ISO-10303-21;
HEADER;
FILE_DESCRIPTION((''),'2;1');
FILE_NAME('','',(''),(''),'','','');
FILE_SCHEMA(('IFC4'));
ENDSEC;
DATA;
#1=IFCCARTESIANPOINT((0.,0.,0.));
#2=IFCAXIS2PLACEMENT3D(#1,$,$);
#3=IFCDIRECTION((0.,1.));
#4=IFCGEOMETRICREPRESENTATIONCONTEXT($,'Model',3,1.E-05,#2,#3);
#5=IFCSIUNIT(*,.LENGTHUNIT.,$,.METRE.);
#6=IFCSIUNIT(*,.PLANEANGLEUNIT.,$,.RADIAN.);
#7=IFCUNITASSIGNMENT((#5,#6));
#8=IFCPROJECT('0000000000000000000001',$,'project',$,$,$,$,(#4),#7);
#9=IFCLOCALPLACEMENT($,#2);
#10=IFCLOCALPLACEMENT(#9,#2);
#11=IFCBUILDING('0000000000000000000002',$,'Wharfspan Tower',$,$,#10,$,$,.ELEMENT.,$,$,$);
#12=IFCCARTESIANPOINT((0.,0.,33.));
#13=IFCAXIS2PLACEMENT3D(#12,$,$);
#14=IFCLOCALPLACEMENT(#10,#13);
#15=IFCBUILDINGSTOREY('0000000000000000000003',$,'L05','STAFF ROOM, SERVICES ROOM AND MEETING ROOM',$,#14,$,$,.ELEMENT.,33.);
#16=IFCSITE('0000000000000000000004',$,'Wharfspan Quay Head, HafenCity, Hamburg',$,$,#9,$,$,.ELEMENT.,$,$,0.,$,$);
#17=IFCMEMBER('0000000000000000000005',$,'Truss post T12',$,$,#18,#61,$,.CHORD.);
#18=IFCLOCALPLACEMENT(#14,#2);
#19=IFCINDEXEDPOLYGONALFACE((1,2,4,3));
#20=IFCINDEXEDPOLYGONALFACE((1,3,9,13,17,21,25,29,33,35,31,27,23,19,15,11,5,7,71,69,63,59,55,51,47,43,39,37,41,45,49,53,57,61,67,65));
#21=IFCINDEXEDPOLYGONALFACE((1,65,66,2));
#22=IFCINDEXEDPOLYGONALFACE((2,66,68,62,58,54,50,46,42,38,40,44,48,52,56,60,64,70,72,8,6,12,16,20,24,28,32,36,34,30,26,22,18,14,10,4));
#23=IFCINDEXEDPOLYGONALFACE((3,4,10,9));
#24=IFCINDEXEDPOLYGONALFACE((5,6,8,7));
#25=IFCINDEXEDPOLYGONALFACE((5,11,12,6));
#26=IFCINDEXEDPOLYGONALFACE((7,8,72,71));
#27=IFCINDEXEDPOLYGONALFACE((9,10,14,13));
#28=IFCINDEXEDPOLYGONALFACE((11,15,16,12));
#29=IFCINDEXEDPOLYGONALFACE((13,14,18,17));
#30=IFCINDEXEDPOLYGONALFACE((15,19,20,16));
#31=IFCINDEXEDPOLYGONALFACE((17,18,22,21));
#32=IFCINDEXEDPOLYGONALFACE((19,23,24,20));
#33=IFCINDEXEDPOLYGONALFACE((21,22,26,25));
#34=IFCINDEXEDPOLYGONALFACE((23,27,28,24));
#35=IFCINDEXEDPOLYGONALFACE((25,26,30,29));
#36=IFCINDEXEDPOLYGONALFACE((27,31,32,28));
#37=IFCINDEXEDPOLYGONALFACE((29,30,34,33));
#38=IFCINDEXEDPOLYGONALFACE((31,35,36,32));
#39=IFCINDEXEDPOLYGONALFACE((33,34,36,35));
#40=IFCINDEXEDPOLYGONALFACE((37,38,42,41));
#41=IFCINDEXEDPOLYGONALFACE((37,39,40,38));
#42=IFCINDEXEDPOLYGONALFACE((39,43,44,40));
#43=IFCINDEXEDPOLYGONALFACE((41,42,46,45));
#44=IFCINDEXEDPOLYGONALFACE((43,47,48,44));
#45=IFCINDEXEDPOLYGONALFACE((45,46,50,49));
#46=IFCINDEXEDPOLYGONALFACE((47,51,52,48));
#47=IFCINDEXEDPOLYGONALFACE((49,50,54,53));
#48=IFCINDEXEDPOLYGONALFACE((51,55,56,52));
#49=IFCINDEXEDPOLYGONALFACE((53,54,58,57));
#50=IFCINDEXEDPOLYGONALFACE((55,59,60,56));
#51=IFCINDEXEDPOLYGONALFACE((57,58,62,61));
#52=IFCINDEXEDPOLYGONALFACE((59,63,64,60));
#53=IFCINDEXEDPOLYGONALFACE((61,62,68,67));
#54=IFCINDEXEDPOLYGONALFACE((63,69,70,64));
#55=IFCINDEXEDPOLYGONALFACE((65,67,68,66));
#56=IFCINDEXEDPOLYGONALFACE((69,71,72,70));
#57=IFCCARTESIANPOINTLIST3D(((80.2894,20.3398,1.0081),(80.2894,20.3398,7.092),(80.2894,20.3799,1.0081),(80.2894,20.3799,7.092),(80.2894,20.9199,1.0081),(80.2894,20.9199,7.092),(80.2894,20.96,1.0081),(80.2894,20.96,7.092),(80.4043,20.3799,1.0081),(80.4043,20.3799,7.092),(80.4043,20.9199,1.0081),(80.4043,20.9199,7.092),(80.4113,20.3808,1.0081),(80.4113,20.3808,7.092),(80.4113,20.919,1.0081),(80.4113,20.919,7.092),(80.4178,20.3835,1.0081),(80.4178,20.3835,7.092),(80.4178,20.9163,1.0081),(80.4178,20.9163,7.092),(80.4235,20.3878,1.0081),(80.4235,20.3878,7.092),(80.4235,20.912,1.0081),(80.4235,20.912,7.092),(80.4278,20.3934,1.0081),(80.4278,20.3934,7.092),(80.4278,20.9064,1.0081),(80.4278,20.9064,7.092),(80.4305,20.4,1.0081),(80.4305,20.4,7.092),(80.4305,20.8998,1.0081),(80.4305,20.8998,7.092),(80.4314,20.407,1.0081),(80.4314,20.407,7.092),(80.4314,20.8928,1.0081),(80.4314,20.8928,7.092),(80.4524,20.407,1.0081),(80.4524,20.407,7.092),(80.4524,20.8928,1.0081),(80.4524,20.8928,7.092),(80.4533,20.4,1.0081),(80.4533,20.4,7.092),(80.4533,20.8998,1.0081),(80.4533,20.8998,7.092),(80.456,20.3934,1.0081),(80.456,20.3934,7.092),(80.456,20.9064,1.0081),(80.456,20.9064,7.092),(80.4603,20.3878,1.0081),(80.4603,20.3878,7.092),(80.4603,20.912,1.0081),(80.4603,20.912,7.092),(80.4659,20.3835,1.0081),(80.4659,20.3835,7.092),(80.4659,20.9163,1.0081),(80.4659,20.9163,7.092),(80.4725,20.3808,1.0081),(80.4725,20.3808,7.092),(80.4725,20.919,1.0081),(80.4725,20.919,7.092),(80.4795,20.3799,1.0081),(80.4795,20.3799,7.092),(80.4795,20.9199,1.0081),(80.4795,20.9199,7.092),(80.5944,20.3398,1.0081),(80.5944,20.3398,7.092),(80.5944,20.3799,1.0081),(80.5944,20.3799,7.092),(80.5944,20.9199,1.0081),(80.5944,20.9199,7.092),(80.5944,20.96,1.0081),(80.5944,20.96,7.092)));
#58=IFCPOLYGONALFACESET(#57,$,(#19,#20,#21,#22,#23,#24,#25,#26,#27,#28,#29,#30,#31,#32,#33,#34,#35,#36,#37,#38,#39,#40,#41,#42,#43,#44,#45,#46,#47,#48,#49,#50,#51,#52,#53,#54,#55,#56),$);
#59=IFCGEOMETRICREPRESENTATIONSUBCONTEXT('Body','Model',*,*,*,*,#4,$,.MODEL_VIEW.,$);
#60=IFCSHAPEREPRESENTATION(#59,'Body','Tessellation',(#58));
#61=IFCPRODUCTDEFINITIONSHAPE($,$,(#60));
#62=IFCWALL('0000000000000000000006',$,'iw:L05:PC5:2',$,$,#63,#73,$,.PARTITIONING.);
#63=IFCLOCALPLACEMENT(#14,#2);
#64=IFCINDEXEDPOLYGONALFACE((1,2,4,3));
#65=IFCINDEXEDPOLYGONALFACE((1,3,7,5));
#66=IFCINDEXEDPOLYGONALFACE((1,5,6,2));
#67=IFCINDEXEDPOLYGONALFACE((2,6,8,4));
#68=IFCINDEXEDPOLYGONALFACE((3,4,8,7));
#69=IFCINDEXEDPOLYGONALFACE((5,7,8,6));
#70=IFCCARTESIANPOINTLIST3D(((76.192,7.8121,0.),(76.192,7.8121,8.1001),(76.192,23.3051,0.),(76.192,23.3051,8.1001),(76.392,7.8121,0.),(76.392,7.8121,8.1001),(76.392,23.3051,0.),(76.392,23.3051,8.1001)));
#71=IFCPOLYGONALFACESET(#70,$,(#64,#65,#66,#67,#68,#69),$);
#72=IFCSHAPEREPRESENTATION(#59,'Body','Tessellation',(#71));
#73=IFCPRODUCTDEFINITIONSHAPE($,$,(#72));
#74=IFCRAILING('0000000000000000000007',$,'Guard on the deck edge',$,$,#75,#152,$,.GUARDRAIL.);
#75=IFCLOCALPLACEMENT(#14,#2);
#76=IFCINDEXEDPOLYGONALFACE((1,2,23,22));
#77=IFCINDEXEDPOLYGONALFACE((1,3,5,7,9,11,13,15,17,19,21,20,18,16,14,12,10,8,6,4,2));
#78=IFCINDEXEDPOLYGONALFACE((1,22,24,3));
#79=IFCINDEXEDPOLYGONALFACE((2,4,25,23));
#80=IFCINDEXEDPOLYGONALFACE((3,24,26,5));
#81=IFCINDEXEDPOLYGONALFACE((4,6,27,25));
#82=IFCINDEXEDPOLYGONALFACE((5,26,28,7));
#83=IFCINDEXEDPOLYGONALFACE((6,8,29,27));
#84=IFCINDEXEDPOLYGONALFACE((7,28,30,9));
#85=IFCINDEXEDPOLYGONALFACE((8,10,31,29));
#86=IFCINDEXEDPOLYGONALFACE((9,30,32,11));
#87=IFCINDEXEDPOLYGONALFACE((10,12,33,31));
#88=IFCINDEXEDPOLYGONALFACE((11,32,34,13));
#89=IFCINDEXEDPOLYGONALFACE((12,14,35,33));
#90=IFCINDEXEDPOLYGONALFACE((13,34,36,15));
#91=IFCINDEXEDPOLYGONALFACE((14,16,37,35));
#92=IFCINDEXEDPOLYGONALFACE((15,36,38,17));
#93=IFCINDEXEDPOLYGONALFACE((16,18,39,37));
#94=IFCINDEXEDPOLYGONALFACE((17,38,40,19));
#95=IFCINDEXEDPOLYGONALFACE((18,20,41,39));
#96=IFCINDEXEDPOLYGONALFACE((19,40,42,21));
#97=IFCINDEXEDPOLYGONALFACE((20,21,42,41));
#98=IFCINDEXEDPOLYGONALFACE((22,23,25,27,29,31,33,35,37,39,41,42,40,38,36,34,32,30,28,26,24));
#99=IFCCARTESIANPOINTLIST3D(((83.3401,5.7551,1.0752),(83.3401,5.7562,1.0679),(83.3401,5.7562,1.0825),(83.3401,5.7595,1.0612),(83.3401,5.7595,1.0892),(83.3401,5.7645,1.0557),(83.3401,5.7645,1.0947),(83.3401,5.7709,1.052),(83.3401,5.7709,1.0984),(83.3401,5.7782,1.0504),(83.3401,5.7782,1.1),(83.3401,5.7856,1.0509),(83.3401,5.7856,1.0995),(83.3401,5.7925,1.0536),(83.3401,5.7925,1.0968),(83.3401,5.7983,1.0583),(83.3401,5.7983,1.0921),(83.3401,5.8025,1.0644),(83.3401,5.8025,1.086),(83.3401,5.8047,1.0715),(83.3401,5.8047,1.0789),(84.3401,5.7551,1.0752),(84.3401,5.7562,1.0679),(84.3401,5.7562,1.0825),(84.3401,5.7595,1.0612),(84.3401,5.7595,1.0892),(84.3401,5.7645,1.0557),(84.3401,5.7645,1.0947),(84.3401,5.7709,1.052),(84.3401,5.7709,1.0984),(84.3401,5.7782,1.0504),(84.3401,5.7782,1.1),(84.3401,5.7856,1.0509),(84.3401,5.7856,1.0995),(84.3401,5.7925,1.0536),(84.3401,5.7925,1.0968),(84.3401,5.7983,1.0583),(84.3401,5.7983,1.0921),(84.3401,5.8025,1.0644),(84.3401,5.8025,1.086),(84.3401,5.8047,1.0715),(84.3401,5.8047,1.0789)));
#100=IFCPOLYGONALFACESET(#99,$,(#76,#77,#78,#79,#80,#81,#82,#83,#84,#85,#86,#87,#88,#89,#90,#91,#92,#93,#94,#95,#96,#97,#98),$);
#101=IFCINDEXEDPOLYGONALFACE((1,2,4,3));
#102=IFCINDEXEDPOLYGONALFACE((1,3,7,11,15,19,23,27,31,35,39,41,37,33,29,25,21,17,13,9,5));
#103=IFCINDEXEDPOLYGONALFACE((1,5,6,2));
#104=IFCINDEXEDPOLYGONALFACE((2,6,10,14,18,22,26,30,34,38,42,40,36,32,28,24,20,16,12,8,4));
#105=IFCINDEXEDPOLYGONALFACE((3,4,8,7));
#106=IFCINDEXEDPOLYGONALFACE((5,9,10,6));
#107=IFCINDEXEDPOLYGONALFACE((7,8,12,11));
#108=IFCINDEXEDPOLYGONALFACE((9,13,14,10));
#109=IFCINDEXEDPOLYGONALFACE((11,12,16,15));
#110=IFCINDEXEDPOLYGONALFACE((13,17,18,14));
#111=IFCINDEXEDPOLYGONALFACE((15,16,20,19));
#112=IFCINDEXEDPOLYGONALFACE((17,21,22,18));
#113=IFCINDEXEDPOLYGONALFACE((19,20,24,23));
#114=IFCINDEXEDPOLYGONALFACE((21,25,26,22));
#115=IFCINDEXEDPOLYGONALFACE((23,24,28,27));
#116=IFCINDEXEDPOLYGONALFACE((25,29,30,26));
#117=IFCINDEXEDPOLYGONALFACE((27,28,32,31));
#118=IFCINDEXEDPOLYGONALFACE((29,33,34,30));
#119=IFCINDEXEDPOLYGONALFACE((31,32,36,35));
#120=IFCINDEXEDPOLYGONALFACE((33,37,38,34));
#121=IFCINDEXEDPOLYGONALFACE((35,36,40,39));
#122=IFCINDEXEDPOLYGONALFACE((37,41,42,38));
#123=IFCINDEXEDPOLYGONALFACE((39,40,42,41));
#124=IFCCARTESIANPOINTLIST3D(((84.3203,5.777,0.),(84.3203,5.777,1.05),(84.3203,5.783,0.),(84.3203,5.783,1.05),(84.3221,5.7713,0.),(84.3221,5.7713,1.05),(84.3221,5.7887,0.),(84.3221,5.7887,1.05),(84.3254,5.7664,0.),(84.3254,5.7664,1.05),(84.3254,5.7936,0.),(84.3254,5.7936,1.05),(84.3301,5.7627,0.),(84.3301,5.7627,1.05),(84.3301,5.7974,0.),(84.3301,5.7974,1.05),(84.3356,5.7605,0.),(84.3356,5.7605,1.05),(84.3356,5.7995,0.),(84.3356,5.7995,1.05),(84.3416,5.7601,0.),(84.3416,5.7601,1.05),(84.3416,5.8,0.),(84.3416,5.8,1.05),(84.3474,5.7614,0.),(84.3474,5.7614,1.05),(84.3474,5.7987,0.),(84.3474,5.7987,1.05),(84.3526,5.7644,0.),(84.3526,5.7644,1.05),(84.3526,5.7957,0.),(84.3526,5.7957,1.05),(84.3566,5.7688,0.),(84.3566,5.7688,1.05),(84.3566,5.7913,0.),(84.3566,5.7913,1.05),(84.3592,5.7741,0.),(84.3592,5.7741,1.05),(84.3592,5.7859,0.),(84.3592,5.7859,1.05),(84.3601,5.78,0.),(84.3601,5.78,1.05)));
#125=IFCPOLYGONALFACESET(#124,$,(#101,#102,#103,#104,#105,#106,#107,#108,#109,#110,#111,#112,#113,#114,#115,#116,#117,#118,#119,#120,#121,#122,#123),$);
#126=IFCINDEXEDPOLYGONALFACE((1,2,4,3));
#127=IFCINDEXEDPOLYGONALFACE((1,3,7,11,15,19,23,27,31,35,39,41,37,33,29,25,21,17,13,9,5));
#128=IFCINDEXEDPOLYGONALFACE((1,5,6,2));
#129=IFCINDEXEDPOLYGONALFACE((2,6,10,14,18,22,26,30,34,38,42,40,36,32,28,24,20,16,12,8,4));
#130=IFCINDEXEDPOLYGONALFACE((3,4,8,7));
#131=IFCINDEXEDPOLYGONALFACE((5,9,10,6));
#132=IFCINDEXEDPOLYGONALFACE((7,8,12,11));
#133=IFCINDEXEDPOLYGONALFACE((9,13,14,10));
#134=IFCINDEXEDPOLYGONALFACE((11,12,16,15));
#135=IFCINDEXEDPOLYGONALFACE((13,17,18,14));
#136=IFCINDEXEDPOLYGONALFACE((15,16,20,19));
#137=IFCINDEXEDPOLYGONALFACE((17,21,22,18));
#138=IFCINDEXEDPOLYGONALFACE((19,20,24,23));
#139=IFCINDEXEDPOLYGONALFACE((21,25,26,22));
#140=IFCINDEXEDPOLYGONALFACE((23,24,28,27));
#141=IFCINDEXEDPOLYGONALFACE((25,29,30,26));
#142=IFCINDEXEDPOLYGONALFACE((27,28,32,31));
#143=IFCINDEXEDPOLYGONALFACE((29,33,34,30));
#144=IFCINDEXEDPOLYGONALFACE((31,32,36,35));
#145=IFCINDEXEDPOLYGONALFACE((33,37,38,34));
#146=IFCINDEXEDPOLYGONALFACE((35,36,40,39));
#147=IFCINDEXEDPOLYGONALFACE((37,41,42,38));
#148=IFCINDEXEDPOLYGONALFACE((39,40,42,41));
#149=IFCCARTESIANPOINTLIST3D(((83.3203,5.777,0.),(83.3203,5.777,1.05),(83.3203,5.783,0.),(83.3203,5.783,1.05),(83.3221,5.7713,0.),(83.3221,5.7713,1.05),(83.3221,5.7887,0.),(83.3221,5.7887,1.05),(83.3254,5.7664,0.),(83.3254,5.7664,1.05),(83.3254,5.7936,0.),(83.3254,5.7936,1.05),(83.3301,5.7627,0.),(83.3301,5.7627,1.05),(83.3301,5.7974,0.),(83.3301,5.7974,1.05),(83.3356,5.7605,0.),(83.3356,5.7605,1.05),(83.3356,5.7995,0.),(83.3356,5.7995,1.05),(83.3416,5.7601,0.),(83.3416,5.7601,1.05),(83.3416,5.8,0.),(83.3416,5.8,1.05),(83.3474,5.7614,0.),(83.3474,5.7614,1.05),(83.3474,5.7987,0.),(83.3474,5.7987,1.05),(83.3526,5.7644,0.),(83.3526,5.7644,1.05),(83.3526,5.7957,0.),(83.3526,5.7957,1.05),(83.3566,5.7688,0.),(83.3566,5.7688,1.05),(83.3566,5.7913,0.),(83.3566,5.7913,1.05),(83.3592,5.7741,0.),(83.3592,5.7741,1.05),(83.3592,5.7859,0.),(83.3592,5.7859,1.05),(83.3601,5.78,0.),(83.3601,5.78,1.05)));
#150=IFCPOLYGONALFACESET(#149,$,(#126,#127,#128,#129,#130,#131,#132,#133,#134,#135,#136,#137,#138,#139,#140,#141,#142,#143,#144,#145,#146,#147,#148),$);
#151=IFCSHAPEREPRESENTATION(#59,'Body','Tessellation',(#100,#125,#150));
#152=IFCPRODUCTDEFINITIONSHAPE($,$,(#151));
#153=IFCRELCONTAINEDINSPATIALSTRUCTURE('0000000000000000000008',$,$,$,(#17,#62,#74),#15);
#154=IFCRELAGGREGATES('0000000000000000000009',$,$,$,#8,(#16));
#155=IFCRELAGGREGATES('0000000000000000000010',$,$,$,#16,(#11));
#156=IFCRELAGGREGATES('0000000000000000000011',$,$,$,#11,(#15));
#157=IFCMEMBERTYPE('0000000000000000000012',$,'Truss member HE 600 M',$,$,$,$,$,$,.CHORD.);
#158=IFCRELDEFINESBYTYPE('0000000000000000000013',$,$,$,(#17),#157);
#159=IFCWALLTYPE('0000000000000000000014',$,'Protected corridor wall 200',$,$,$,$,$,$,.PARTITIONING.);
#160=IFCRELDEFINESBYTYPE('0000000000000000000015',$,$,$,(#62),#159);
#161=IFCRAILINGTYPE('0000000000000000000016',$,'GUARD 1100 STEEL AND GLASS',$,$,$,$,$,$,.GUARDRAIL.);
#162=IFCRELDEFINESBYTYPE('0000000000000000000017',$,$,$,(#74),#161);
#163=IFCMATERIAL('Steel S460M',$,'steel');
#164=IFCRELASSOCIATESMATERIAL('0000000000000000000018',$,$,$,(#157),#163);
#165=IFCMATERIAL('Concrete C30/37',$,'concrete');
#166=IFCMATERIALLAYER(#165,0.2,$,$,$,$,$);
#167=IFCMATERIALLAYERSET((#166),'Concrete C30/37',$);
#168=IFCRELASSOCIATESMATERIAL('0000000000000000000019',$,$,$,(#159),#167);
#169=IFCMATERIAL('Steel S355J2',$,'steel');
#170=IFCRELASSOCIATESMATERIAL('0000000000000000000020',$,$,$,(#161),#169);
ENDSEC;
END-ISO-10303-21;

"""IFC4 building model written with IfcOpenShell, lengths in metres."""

from ifc_helpers import new_model, si_unit, direction, frame, frame_2d, origin, origin_2d, place, context, subcontext, project, spatial, rectangle, circle, i_section, extrude, material, layer, layer_set, material_profile, profile_set, type_object, element, save


model = new_model("IFC4")

# Units and contexts
model_context = context("Model", 3, precision=1e-05, world=origin(), true_north=direction((0.0, 1.0)))
body_context = subcontext(model_context, "Body", "Model", "MODEL_VIEW")
ifc_project = project(units=[si_unit("LENGTHUNIT", "METRE"), si_unit("PLANEANGLEUNIT", "RADIAN")], contexts=[model_context])

# Site, building, storey
site_placement = place(None, origin())
site = spatial("IfcSite", under=ifc_project, at=site_placement, Name="Wharfspan Quay Head, HafenCity, Hamburg", CompositionType="ELEMENT", RefElevation=0.0)
building_placement = place(site_placement, origin())
building = spatial("IfcBuilding", under=site, at=building_placement, Name="Wharfspan Tower", CompositionType="ELEMENT")
storey_placement = place(building_placement, frame((0.0, 0.0, 33.0)))
storey = spatial("IfcBuildingStorey", under=building, at=storey_placement, Name="L05", Description="STAFF ROOM, SERVICES ROOM AND MEETING ROOM", CompositionType="ELEMENT", Elevation=33.0)

# Member
ifc_material_1 = material(Name="Steel S460M", Category="steel")
ifc_material_profile_1 = material_profile(ifc_material_1, i_section(OverallWidth=0.3049, OverallDepth=0.6201, WebThickness=0.021, FlangeThickness=0.04, FilletRadius=0.0271, at=origin_2d()))
ifc_profile_set_1 = profile_set([ifc_material_profile_1], Name="Steel S460M")
member_type_1 = type_object("IfcMemberType", Name="Truss member HE 600 M", PredefinedType="CHORD", material=ifc_profile_set_1)
for number, where, z_axis, x_axis, name in (
    (1, (80.4419, 20.6499, 1.0081), (0.0, 0.0, 1.0), (1.0, 0.0, 0.0), "Truss post T12"),
):
    element("IfcMember", number, at=place(storey_placement, frame(where, z_axis=z_axis, x_axis=x_axis)), inside=storey, type_object=member_type_1, Name=name, PredefinedType="CHORD", context=body_context, shape_type="SweptSolid", body=[
        extrude(i_section(OverallWidth=0.3049, OverallDepth=0.6201, WebThickness=0.021, FlangeThickness=0.04, FilletRadius=0.0271, at=origin_2d()), origin(), (0.0, 0.0, 1.0), 6.084),
    ])

# Wall
ifc_material_2 = material(Name="Concrete C30/37", Category="concrete")
ifc_layer = layer(ifc_material_2, 0.2)
ifc_layer_set = layer_set([ifc_layer], Name="Concrete C30/37")
wall_type = type_object("IfcWallType", Name="Protected corridor wall 200", PredefinedType="PARTITIONING", material=ifc_layer_set)
wall_placement = place(storey_placement, frame((76.292, 7.812, 0.0), z_axis=(0.0, 0.0, 1.0), x_axis=(0.0, 1.0, 0.0)))
element("IfcWall", 2, at=wall_placement, inside=storey, type_object=wall_type, Name="iw:L05:PC5:2", PredefinedType="PARTITIONING", context=body_context, shape_type="SweptSolid", body=[
    extrude(rectangle(XDim=15.4929, YDim=0.2, at=frame_2d((7.7466, 0.0))), origin(), (0.0, 0.0, 1.0), 8.1001),
])

# Railing
ifc_material_3 = material(Name="Steel S355J2", Category="steel")
railing_type = type_object("IfcRailingType", Name="GUARD 1100 STEEL AND GLASS", PredefinedType="GUARDRAIL", material=ifc_material_3)
railing_1_placement = place(storey_placement, frame((84.3401, 5.78, 0.0)))
element("IfcRailing", 3, at=railing_1_placement, inside=storey, type_object=railing_type, Name="Guard on the deck edge", PredefinedType="GUARDRAIL", context=body_context, shape_type="SweptSolid", body=[
    extrude(circle(Radius=0.0249, at=origin_2d()), frame((0.0, 0.0, 1.0752), z_axis=(-1.0, 0.0, 0.0), x_axis=(0.0, -1.0, 0.0)), (0.0, 0.0, 1.0), 1.0),
    extrude(circle(Radius=0.02, at=origin_2d()), origin(), (0.0, 0.0, 1.0), 1.05),
    extrude(circle(Radius=0.02, at=origin_2d()), frame((-1.0, 0.0, 0.0)), (0.0, 0.0, 1.0), 1.05),
])

save(model, "model.ifc")
